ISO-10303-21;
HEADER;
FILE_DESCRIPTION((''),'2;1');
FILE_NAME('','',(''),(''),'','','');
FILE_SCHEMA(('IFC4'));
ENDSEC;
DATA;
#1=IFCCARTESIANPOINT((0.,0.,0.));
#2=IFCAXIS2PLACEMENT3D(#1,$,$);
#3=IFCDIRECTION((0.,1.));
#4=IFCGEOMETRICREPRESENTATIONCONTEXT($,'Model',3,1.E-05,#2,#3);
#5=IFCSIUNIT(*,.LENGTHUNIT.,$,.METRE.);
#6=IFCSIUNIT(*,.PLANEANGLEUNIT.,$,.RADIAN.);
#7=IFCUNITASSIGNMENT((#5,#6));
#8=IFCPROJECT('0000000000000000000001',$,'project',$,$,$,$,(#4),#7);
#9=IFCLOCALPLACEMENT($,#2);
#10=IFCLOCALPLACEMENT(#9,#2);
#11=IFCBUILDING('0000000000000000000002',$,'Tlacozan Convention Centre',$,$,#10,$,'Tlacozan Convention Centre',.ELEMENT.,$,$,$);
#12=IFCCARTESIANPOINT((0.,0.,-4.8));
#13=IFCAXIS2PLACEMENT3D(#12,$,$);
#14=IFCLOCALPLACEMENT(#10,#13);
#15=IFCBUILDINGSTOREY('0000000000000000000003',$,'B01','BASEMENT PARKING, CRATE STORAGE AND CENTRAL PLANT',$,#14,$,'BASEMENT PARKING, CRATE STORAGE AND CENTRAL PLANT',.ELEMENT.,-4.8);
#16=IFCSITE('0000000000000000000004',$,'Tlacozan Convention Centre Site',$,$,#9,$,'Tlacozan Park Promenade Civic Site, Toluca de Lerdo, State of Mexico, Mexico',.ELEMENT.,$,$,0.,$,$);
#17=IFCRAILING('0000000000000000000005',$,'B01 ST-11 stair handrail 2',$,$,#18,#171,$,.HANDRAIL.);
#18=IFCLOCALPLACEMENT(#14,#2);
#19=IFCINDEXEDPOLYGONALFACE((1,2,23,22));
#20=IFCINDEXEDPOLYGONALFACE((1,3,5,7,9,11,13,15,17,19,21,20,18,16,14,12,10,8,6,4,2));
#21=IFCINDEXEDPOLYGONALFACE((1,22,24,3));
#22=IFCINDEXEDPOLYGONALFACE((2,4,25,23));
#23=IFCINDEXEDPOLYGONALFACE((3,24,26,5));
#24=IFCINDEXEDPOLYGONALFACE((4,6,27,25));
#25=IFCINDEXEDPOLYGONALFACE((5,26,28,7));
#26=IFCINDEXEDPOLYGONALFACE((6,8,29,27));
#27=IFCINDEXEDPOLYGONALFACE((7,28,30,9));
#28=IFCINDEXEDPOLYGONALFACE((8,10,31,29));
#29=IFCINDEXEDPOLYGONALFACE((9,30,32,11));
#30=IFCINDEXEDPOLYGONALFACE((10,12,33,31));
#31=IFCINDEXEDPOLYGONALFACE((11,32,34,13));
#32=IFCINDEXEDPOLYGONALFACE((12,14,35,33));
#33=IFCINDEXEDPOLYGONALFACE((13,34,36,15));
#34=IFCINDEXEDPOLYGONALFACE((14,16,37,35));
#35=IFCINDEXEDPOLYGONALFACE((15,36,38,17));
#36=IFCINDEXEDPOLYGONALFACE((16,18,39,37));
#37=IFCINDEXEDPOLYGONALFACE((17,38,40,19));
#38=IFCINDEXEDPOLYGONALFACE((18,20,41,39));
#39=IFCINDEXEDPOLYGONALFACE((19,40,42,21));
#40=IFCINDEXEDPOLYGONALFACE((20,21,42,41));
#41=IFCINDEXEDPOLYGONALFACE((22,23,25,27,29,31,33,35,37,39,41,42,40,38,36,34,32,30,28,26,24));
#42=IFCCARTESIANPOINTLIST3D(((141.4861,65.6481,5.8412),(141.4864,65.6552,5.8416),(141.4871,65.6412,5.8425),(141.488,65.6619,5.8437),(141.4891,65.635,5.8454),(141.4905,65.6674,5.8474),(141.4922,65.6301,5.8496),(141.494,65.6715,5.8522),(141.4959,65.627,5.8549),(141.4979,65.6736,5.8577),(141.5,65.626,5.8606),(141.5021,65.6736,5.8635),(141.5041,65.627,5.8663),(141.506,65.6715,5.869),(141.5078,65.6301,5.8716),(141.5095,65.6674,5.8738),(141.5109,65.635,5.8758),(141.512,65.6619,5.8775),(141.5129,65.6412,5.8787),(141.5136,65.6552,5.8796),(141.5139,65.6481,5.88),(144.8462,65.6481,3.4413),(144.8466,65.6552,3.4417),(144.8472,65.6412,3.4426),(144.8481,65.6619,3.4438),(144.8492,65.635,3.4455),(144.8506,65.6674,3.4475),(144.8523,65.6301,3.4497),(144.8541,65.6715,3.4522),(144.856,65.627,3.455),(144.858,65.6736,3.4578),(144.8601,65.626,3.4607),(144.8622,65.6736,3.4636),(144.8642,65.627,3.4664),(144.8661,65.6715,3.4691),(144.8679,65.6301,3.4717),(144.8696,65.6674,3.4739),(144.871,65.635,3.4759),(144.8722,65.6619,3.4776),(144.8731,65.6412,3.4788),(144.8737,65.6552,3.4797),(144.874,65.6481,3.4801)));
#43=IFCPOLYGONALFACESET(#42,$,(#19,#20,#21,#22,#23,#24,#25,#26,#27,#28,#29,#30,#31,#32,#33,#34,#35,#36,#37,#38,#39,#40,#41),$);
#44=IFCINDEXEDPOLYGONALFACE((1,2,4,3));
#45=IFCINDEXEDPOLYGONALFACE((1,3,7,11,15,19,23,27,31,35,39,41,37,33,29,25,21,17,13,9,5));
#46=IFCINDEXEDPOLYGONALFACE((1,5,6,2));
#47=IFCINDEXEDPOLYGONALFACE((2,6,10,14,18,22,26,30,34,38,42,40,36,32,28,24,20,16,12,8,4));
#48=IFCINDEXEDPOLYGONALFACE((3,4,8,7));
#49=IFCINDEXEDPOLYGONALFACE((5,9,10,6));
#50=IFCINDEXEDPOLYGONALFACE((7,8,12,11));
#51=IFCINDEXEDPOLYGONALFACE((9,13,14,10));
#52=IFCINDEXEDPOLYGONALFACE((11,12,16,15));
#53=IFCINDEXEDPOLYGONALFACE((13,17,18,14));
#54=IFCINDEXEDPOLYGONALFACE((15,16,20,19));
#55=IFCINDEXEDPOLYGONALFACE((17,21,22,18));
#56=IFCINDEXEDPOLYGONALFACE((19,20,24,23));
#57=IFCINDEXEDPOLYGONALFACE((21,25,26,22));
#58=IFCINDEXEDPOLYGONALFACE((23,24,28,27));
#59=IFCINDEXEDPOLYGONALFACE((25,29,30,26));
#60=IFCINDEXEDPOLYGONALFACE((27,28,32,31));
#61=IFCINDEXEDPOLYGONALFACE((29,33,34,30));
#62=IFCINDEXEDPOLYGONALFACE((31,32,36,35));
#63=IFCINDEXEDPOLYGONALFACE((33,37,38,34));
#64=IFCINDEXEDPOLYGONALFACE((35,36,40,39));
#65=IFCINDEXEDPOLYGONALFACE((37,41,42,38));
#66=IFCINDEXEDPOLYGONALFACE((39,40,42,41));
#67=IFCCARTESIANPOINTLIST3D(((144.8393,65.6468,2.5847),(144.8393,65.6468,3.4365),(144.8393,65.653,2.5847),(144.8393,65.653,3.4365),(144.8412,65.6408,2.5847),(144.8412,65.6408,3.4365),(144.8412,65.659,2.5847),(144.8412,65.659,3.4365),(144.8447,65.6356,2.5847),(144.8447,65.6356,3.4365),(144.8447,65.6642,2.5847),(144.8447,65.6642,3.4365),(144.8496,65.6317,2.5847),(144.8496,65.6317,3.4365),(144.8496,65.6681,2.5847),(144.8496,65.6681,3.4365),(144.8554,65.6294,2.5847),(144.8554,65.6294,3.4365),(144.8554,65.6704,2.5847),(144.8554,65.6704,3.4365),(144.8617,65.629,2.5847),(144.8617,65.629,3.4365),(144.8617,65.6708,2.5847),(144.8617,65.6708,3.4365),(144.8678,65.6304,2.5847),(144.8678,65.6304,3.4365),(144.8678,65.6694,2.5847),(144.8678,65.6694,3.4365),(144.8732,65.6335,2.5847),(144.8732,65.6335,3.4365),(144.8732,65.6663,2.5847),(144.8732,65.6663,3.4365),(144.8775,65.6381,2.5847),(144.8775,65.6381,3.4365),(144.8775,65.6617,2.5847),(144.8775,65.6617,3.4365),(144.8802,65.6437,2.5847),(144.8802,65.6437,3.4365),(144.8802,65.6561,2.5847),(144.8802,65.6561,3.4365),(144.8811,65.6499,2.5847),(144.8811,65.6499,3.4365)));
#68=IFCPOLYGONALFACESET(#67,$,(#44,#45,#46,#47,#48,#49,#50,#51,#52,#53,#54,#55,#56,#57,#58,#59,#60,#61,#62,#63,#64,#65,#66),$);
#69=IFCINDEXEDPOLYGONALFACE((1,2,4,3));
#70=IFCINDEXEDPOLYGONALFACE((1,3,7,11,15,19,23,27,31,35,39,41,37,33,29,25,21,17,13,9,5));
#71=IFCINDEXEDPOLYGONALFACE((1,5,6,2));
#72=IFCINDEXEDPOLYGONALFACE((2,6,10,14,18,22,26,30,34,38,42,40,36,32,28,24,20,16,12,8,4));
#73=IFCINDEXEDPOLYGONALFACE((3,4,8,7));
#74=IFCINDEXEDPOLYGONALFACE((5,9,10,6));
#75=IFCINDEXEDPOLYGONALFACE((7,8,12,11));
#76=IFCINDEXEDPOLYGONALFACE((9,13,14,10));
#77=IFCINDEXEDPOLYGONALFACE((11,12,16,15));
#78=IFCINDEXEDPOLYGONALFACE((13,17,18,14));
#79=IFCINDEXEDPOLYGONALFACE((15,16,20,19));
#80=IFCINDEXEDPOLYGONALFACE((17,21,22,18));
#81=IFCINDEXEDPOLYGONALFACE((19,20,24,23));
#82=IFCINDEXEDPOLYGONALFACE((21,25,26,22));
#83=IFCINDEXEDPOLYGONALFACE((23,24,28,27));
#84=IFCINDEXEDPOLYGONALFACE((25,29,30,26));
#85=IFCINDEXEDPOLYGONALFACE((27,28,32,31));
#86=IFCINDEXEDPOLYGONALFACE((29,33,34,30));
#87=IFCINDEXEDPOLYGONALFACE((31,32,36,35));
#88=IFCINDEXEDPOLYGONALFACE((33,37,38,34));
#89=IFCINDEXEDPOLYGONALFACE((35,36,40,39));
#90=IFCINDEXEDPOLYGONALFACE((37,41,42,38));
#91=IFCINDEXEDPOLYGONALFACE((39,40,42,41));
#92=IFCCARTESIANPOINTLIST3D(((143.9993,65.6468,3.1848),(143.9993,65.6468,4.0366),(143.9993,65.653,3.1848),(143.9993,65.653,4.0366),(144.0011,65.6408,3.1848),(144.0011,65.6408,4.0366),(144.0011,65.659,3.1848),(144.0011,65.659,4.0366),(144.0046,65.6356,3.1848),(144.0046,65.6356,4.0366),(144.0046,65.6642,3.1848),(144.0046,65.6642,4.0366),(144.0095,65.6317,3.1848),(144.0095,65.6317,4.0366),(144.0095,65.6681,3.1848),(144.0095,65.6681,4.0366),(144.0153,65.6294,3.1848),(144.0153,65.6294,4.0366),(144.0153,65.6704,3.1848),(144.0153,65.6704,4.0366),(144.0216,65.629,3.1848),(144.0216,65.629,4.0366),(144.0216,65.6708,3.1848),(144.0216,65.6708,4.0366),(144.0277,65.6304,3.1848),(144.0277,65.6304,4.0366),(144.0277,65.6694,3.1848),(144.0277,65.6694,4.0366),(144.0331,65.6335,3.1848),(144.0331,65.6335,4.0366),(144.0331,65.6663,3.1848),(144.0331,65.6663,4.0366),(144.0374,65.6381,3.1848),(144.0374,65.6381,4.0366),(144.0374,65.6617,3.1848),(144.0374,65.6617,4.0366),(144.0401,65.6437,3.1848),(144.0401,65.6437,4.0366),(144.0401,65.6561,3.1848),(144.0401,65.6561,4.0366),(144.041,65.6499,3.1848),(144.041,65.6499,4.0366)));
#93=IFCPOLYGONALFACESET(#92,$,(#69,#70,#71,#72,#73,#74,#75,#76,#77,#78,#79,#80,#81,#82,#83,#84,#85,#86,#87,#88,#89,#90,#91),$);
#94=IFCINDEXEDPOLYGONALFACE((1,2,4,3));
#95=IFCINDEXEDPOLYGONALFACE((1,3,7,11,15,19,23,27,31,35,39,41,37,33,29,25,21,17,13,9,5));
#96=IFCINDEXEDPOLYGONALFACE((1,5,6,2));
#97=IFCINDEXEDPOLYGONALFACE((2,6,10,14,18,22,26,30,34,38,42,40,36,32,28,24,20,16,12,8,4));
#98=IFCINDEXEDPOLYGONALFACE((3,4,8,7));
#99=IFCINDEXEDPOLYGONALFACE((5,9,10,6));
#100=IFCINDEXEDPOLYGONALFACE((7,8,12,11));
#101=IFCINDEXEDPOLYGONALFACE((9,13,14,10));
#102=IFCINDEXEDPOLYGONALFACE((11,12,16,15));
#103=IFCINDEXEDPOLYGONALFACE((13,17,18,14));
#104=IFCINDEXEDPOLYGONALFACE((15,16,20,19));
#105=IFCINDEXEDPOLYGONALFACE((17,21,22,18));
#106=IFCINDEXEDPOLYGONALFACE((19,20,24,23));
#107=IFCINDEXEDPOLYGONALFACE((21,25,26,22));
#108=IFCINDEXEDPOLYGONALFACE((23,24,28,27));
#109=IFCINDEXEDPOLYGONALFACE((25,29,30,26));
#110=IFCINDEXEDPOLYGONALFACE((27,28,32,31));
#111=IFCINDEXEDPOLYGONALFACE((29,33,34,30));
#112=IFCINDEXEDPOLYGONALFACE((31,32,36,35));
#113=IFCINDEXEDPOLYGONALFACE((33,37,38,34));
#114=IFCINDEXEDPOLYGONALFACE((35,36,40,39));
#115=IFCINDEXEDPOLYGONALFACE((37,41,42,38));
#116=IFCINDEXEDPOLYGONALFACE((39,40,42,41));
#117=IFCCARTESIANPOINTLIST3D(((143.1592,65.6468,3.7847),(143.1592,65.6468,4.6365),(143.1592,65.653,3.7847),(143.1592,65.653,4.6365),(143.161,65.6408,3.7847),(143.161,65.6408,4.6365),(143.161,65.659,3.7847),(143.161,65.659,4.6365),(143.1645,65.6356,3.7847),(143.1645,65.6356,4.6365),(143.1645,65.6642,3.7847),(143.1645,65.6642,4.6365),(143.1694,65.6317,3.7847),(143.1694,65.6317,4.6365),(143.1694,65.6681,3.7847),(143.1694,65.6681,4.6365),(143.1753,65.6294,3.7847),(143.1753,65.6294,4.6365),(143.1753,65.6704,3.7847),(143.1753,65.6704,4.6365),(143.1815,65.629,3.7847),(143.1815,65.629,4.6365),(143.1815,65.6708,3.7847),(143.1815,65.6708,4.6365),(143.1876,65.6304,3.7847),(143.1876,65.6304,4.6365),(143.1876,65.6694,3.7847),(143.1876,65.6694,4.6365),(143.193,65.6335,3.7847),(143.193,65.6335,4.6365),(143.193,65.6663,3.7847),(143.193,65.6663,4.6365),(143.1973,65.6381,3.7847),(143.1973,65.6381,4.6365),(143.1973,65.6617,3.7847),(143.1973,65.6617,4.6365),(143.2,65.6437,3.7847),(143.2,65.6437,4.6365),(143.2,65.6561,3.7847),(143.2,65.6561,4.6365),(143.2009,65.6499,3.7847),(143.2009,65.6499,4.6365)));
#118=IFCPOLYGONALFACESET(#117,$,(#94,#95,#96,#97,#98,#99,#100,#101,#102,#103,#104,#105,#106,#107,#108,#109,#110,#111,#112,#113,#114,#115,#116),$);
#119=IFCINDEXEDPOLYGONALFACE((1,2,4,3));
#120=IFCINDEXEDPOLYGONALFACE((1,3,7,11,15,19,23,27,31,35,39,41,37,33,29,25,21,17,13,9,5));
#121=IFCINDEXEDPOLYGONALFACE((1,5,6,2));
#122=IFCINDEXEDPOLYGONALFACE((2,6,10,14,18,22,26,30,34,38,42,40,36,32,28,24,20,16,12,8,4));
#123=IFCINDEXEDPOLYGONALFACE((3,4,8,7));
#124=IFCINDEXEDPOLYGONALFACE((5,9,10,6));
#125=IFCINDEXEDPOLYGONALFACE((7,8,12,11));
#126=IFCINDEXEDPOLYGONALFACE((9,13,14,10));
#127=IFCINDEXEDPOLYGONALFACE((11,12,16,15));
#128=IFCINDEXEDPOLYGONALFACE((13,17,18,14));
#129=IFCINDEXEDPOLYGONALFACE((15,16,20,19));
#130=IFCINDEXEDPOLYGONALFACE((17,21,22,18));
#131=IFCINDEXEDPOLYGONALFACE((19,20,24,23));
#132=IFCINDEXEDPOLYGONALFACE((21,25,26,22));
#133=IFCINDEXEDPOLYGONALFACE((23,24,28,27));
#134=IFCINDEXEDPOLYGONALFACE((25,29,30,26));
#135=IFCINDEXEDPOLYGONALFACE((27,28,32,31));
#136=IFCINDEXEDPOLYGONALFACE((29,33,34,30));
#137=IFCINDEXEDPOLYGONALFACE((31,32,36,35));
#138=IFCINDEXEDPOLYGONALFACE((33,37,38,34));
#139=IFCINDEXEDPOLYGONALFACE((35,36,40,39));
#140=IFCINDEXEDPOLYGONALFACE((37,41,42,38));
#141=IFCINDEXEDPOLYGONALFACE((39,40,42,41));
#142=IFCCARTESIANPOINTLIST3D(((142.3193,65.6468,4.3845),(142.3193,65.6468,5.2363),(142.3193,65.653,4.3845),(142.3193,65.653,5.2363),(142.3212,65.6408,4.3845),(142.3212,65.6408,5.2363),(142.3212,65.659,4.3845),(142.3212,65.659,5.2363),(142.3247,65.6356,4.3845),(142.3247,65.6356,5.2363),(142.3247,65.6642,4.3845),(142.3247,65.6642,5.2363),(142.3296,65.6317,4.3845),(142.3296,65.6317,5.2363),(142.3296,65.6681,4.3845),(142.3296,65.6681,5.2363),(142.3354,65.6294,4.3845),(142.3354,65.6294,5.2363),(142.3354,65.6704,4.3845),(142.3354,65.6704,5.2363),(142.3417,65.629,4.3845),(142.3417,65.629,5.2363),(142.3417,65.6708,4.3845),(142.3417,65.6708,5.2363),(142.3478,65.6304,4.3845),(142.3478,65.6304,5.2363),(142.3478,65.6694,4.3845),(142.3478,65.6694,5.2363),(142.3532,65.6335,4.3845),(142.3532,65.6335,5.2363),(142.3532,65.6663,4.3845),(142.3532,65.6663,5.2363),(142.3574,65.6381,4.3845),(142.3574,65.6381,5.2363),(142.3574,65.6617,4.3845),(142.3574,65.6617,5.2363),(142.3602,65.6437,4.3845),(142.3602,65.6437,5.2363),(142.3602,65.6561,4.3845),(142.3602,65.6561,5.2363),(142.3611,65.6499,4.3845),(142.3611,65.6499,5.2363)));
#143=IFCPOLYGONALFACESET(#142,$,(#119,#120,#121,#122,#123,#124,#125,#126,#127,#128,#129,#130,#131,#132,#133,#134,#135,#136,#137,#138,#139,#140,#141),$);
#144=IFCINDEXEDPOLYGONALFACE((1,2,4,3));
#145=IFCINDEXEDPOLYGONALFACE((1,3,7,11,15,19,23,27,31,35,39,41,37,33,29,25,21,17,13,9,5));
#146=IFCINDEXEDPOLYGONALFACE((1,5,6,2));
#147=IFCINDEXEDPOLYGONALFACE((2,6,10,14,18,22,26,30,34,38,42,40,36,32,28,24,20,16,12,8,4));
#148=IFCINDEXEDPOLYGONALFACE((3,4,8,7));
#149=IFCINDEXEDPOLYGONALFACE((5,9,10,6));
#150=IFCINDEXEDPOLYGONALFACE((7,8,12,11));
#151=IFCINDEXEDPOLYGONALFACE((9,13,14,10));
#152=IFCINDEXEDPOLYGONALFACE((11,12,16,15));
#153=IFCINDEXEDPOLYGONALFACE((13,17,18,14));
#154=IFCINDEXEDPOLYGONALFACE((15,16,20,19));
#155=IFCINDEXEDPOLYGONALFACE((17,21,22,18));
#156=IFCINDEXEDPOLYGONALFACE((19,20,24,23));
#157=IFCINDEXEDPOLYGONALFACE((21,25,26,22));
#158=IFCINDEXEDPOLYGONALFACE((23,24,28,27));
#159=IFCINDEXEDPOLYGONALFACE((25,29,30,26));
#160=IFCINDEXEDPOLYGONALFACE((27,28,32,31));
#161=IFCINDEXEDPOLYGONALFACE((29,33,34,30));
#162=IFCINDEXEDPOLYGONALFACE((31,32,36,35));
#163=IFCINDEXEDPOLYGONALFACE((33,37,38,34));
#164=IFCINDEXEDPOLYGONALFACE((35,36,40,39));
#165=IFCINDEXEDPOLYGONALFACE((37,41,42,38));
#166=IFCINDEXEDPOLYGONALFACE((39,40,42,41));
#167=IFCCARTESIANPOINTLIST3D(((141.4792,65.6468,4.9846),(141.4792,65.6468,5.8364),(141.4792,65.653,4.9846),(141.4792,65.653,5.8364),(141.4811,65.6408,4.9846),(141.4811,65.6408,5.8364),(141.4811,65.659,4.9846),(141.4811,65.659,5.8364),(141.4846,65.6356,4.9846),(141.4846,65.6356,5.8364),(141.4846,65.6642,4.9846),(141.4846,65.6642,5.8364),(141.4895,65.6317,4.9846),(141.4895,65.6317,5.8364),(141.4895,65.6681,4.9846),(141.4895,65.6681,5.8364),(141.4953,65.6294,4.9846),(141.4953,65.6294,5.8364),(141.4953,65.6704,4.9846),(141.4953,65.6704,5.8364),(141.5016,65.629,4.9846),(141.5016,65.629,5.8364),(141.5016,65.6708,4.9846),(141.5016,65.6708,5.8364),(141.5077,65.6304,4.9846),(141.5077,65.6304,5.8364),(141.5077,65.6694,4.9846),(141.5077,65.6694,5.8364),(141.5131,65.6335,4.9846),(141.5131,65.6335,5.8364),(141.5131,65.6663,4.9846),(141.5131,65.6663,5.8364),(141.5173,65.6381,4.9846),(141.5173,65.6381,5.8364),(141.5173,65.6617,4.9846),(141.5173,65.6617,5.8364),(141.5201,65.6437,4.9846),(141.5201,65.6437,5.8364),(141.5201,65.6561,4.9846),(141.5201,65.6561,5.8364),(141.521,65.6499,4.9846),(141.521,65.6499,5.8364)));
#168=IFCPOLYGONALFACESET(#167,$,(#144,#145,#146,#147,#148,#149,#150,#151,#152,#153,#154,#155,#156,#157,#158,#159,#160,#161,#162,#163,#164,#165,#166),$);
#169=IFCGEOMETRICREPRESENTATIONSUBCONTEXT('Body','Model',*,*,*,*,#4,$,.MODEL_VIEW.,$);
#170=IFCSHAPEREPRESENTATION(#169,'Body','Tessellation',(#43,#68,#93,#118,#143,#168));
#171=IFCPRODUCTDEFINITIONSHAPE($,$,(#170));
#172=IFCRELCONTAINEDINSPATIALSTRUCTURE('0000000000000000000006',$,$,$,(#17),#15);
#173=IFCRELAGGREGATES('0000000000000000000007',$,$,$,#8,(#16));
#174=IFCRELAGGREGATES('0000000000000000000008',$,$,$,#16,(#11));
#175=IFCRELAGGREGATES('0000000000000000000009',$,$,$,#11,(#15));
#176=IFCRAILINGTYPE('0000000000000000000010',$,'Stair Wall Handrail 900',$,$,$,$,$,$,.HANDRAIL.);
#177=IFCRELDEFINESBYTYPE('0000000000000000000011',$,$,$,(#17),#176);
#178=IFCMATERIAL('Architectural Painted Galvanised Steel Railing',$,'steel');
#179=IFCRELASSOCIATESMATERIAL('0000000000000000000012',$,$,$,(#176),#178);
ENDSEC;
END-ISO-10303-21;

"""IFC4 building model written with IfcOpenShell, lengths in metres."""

from ifc_helpers import new_model, si_unit, direction, frame, origin, origin_2d, place, context, subcontext, project, spatial, circle, extrude, material, type_object, element, save


model = new_model("IFC4")

# Units and contexts
model_context = context("Model", 3, precision=1e-05, world=origin(), true_north=direction((0.0, 1.0)))
body_context = subcontext(model_context, "Body", "Model", "MODEL_VIEW")
ifc_project = project(units=[si_unit("LENGTHUNIT", "METRE"), si_unit("PLANEANGLEUNIT", "RADIAN")], contexts=[model_context])

# Site, building, storey
site_placement = place(None, origin())
site = spatial("IfcSite", under=ifc_project, at=site_placement, Name="Tlacozan Convention Centre Site", LongName="Tlacozan Park Promenade Civic Site, Toluca de Lerdo, State of Mexico, Mexico", CompositionType="ELEMENT", RefElevation=0.0)
building_placement = place(site_placement, origin())
building = spatial("IfcBuilding", under=site, at=building_placement, Name="Tlacozan Convention Centre", LongName="Tlacozan Convention Centre", CompositionType="ELEMENT")
storey_placement = place(building_placement, frame((0.0, 0.0, -4.8)))
storey = spatial("IfcBuildingStorey", under=building, at=storey_placement, Name="B01", Description="BASEMENT PARKING, CRATE STORAGE AND CENTRAL PLANT", LongName="BASEMENT PARKING, CRATE STORAGE AND CENTRAL PLANT", CompositionType="ELEMENT", Elevation=-4.8)

# Railing
ifc_material_1 = material(Name="Architectural Painted Galvanised Steel Railing", Category="steel")
railing_type_1 = type_object("IfcRailingType", Name="Stair Wall Handrail 900", PredefinedType="HANDRAIL", material=ifc_material_1)
railing_1_placement = place(storey_placement, frame((144.8601, 65.6499, 2.5847)))
element("IfcRailing", 1, at=railing_1_placement, inside=storey, type_object=railing_type_1, Name="B01 ST-11 stair handrail 2", PredefinedType="HANDRAIL", context=body_context, shape_type="SweptSolid", body=[
    extrude(circle(Radius=0.0239, at=origin_2d()), frame((0.0, 0.0, 0.876), z_axis=(-0.813753, 0.0, 0.58121), x_axis=(0.0, -1.0, 0.0)), (0.0, 0.0, 1.0), 4.1292),
    extrude(circle(Radius=0.021, at=origin_2d()), origin(), (0.0, 0.0, 1.0), 0.8518),
    extrude(circle(Radius=0.021, at=origin_2d()), frame((-0.8401, 0.0, 0.6001)), (0.0, 0.0, 1.0), 0.8518),
    extrude(circle(Radius=0.021, at=origin_2d()), frame((-1.6802, 0.0, 1.2)), (0.0, 0.0, 1.0), 0.8518),
    extrude(circle(Radius=0.021, at=origin_2d()), frame((-2.52, 0.0, 1.7998)), (0.0, 0.0, 1.0), 0.8518),
    extrude(circle(Radius=0.021, at=origin_2d()), frame((-3.3601, 0.0, 2.3999)), (0.0, 0.0, 1.0), 0.8518),
])

save(model, "model.ifc")
